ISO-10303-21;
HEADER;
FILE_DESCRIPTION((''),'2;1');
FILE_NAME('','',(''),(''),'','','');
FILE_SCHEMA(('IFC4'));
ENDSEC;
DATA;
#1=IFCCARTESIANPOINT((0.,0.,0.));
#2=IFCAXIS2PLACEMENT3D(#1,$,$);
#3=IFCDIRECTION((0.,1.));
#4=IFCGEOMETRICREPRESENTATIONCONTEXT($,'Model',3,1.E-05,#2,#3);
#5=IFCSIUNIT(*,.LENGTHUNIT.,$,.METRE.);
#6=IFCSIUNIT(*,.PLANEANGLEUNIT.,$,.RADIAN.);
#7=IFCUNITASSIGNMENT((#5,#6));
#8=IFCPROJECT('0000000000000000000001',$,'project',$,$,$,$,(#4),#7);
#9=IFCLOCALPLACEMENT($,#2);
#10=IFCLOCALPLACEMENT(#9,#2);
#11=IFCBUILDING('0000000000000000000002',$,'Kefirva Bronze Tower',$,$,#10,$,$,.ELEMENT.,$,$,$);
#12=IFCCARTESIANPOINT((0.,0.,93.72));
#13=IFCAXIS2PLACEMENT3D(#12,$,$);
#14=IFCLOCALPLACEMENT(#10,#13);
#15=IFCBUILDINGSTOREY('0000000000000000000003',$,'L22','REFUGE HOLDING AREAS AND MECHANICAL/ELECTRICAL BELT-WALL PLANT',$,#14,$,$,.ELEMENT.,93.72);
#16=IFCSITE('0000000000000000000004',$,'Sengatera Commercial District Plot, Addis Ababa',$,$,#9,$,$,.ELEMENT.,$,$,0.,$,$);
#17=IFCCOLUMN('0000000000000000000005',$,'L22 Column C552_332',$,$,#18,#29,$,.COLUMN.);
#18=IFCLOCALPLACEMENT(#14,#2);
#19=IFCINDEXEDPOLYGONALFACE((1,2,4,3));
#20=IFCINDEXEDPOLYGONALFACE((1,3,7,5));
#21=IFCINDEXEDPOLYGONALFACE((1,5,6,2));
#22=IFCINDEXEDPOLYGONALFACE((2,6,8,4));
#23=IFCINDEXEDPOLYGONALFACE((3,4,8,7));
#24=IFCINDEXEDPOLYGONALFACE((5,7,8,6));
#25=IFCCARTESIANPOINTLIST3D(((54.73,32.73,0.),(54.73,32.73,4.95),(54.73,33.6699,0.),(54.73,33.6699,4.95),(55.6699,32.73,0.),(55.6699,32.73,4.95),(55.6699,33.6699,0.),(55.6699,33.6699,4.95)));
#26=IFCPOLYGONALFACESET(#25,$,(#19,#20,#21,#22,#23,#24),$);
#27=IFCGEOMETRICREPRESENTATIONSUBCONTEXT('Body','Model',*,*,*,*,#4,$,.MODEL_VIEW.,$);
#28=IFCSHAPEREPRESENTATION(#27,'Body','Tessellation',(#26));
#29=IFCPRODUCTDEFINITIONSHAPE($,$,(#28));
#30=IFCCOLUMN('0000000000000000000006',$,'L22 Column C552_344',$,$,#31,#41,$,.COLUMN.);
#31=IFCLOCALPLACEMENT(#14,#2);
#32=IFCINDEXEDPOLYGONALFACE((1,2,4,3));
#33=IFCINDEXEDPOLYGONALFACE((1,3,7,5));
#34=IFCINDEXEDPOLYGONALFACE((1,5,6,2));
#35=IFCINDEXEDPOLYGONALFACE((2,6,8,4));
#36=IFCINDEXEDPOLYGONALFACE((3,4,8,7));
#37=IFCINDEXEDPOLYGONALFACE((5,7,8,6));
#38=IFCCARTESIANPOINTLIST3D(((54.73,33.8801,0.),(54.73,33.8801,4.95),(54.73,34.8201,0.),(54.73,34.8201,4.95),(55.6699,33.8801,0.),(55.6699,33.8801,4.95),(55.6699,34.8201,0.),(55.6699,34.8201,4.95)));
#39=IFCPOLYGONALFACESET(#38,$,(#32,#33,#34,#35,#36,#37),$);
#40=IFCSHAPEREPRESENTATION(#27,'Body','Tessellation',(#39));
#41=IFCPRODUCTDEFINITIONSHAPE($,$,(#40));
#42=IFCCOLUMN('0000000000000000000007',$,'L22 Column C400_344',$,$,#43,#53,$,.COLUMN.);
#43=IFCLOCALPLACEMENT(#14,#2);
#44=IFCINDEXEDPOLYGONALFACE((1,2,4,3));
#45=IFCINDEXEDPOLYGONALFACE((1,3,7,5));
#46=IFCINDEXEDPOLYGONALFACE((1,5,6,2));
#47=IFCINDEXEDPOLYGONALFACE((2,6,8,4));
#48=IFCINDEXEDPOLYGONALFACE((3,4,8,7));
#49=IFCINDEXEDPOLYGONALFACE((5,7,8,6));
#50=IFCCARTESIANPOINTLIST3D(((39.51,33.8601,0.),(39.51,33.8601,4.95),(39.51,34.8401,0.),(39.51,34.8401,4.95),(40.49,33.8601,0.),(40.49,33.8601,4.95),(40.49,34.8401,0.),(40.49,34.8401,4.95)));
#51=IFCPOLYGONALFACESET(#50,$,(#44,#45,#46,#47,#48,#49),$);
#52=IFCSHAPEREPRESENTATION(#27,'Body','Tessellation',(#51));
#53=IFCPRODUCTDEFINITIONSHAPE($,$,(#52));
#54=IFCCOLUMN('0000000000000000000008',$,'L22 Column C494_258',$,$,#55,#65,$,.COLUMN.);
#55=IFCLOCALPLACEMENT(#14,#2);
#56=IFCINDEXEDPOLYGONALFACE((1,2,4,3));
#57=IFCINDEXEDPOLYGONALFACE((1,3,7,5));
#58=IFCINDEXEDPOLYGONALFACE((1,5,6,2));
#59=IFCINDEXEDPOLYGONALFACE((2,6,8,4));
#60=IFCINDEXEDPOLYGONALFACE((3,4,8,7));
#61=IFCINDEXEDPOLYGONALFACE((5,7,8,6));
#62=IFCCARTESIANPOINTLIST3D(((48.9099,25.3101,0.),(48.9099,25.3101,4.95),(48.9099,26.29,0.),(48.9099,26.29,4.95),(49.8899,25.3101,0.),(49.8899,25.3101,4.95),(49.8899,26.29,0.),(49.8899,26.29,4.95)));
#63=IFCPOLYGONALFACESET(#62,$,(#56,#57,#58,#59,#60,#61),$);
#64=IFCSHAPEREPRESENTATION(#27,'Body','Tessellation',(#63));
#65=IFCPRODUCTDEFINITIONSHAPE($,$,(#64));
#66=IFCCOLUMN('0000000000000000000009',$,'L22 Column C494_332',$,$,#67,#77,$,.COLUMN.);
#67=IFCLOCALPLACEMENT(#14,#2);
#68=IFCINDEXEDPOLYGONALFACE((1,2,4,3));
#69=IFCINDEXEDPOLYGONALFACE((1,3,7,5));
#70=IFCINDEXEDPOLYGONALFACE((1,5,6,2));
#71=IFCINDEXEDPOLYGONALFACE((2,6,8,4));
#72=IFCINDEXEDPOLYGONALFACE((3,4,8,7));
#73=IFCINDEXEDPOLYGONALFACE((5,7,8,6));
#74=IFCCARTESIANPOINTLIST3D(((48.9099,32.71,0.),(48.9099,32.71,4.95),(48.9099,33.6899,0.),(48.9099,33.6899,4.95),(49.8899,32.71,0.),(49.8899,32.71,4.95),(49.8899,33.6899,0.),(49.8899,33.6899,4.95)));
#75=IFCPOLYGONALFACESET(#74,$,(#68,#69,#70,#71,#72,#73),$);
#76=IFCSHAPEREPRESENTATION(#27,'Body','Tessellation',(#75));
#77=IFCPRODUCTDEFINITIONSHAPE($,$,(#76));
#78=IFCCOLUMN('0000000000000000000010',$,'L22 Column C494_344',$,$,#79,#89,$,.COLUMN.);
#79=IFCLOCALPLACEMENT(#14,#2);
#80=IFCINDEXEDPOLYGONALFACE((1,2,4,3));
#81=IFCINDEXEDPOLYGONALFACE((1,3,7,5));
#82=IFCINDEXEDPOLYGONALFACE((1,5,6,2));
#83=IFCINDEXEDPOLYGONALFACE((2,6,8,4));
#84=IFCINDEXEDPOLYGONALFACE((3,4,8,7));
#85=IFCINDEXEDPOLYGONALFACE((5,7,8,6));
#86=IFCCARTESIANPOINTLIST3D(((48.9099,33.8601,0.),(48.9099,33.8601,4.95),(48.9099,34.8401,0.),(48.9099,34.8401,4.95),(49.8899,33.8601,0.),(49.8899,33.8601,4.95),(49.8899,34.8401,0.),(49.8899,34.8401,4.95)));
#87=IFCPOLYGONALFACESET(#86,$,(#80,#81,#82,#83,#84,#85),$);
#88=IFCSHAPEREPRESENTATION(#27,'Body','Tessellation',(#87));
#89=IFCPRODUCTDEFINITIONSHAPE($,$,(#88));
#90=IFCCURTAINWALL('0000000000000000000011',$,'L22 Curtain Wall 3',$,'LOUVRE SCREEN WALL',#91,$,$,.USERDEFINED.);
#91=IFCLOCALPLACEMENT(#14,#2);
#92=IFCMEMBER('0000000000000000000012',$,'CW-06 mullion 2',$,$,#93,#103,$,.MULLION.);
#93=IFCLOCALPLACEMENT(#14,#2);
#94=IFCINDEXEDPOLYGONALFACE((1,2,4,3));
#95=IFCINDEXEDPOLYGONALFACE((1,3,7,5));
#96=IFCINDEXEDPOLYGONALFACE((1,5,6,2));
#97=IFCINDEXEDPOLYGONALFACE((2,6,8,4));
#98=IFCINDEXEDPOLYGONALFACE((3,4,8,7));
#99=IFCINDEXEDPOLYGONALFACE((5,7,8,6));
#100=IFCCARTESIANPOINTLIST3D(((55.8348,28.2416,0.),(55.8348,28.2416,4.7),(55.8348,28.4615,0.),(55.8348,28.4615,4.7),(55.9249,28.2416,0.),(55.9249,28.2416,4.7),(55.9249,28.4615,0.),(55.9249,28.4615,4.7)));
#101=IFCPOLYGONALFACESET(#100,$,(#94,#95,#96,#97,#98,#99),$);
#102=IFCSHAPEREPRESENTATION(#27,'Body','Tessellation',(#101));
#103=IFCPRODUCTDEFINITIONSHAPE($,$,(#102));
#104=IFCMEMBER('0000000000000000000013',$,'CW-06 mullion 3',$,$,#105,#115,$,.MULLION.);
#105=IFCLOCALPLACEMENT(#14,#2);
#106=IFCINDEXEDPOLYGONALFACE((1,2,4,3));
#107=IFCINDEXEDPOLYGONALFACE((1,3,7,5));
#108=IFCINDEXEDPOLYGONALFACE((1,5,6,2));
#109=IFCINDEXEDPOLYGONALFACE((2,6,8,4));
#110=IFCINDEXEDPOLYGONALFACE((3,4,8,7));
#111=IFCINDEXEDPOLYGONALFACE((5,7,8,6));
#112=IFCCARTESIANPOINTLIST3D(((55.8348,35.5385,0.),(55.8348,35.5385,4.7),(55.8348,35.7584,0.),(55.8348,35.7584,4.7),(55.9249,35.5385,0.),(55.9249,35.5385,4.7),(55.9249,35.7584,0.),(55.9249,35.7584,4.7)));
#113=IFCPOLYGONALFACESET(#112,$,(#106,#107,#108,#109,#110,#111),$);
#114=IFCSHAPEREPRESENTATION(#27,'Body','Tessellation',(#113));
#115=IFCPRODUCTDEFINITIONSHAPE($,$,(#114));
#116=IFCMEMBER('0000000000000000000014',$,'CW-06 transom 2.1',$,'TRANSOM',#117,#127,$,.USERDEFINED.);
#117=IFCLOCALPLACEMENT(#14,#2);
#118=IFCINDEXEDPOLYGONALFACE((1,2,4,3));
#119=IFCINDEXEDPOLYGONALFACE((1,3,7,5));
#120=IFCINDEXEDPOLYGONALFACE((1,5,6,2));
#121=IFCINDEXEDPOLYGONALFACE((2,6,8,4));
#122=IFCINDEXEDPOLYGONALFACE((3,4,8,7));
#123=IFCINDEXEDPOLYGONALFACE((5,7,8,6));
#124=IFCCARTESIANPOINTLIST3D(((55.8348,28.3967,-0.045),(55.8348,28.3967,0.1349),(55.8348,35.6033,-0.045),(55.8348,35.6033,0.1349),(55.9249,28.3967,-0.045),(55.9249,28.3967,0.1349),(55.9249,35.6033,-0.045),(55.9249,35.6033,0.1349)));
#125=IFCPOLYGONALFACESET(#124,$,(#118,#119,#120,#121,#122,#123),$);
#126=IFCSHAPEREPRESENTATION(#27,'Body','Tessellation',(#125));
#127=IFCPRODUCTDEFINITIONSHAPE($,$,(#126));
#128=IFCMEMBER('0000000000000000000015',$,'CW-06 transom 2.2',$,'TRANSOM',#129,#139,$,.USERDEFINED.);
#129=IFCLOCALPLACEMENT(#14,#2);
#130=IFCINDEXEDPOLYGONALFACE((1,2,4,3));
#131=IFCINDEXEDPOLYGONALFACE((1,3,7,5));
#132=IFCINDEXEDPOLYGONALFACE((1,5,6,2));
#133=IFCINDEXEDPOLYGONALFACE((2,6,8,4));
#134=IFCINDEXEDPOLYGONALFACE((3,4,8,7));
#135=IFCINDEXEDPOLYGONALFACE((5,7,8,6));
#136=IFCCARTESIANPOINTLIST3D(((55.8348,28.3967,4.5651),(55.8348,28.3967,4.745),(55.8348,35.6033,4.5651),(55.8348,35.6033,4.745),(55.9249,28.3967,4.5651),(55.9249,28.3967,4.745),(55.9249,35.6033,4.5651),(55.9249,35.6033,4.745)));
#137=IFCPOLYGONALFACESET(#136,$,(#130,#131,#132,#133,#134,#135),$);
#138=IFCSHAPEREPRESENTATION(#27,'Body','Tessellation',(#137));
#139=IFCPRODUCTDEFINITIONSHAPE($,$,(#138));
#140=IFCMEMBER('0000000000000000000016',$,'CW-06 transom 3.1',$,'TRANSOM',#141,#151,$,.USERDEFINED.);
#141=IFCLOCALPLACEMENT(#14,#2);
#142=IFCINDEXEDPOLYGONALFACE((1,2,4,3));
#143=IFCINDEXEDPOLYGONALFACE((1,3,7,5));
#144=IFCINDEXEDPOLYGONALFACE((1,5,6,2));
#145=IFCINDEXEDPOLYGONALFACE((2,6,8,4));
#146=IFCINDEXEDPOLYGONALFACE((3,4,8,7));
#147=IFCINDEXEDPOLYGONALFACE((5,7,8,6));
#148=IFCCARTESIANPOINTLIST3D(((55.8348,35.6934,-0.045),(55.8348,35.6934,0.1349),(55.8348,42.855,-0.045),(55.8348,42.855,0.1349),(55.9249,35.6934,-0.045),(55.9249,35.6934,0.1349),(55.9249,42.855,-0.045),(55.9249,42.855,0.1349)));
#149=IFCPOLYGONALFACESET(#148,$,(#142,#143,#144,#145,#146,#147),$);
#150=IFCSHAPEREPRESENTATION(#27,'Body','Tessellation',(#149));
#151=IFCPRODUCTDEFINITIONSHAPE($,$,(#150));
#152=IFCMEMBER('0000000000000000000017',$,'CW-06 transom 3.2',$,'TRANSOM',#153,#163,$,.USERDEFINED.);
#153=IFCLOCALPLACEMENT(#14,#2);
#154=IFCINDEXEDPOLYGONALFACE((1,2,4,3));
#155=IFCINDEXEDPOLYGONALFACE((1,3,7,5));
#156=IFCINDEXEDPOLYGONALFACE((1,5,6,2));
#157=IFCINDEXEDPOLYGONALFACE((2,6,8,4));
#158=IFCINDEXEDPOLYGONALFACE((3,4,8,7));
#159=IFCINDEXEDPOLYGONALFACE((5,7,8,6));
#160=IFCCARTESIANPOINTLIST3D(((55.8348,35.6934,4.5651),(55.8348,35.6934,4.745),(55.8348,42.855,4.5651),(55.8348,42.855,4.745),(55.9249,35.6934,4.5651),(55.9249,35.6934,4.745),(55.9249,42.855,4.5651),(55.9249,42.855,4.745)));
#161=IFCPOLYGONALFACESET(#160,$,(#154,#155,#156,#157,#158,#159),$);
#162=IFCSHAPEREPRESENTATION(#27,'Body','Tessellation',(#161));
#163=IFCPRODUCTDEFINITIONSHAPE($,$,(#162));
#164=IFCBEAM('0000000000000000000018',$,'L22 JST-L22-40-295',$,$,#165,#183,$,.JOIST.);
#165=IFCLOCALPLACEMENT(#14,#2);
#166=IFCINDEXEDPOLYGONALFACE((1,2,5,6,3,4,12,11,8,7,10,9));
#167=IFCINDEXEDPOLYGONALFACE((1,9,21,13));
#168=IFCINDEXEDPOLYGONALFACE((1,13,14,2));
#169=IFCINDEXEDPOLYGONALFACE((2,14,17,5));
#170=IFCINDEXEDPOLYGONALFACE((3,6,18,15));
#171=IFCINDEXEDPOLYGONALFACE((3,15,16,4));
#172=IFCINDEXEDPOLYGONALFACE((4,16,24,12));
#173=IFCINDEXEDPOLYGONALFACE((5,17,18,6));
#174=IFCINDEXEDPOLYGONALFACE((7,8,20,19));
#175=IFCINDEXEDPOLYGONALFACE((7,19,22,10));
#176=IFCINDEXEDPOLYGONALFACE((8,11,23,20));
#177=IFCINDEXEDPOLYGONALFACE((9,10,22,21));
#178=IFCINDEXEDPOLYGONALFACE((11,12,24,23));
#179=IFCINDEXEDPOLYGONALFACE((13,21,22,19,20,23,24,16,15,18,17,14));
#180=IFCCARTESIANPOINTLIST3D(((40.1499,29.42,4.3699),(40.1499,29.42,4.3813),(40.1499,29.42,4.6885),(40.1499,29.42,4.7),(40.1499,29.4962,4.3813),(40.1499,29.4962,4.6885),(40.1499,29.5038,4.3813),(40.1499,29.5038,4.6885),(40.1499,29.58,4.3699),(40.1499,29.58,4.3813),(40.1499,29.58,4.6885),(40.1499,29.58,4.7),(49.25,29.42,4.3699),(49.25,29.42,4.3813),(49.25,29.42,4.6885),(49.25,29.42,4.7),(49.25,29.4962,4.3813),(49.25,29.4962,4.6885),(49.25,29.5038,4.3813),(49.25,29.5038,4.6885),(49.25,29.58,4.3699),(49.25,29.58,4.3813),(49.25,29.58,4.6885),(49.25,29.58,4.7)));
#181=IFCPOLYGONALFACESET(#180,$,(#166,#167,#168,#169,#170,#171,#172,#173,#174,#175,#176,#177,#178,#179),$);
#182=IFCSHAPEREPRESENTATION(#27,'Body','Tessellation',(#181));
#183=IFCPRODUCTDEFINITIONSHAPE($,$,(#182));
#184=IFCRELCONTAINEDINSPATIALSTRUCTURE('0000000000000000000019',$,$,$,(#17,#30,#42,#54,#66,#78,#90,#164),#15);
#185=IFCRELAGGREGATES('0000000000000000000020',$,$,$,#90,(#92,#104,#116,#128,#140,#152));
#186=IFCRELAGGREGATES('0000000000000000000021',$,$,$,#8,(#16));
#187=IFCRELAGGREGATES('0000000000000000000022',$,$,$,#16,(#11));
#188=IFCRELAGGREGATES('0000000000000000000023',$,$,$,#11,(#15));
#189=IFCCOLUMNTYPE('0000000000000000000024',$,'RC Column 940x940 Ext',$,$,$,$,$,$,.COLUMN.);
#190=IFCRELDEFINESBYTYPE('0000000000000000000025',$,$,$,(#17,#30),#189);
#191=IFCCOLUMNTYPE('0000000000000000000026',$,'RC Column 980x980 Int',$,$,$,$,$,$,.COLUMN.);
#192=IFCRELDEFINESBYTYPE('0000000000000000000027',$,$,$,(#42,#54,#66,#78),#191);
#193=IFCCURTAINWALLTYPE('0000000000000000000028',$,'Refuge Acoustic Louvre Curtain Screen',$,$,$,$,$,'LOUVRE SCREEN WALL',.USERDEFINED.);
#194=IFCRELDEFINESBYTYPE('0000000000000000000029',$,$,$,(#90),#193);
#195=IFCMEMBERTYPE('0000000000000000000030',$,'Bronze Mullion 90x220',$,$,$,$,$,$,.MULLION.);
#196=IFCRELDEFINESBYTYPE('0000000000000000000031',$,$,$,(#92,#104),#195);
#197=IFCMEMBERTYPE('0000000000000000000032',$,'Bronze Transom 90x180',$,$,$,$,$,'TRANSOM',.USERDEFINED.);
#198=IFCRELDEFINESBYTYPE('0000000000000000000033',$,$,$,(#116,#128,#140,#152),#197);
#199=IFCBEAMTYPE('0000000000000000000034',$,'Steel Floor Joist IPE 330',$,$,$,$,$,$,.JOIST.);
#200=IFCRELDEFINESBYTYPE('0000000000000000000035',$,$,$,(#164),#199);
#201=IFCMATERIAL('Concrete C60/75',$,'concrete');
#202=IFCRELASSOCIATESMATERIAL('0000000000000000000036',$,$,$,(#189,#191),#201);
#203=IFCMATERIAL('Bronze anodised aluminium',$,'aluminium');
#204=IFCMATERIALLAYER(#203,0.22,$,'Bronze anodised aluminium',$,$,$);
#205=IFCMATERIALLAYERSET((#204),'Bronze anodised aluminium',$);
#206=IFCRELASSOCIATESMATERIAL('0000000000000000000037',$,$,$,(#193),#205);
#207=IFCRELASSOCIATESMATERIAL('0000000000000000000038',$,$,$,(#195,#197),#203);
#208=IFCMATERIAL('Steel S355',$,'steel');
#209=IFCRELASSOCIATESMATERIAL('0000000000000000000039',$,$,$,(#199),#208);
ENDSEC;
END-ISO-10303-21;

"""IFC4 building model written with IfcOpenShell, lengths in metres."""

from ifc_helpers import new_model, si_unit, direction, frame, origin, origin_2d, place, context, subcontext, project, spatial, rectangle, i_section, extrude, material, layer, layer_set, material_profile, profile_set, type_object, element, aggregate, save


model = new_model("IFC4")

# Units and contexts
model_context = context("Model", 3, precision=1e-05, world=origin(), true_north=direction((0.0, 1.0)))
body_context = subcontext(model_context, "Body", "Model", "MODEL_VIEW")
ifc_project = project(units=[si_unit("LENGTHUNIT", "METRE"), si_unit("PLANEANGLEUNIT", "RADIAN")], contexts=[model_context])

# Site, building, storey
site_placement = place(None, origin())
site = spatial("IfcSite", under=ifc_project, at=site_placement, Name="Sengatera Commercial District Plot, Addis Ababa", CompositionType="ELEMENT", RefElevation=0.0)
building_placement = place(site_placement, origin())
building = spatial("IfcBuilding", under=site, at=building_placement, Name="Kefirva Bronze Tower", CompositionType="ELEMENT")
storey_placement = place(building_placement, frame((0.0, 0.0, 93.72)))
storey = spatial("IfcBuildingStorey", under=building, at=storey_placement, Name="L22", Description="REFUGE HOLDING AREAS AND MECHANICAL/ELECTRICAL BELT-WALL PLANT", CompositionType="ELEMENT", Elevation=93.72)

# Columns
ifc_material_1 = material(Name="Concrete C60/75", Category="concrete")
ifc_material_profile_1 = material_profile(ifc_material_1, rectangle(XDim=0.9399, YDim=0.9399, at=origin_2d()), Name="RC 940x940")
ifc_profile_set_1 = profile_set([ifc_material_profile_1], Name="Concrete C60/75")
column_type_1 = type_object("IfcColumnType", Name="RC Column 940x940 Ext", PredefinedType="COLUMN", material=ifc_profile_set_1)
for number, where, z_axis, x_axis, name in (
    (1, (55.2, 33.2, 0.0), (0.0, 0.0, 1.0), (1.0, 0.0, 0.0), "L22 Column C552_332"),
    (2, (55.2, 34.3501, 0.0), (0.0, 0.0, 1.0), (1.0, 0.0, 0.0), "L22 Column C552_344"),
):
    element("IfcColumn", number, at=place(storey_placement, frame(where, z_axis=z_axis, x_axis=x_axis)), inside=storey, type_object=column_type_1, Name=name, PredefinedType="COLUMN", context=body_context, shape_type="SweptSolid", body=[
        extrude(rectangle(XDim=0.9399, YDim=0.9399, at=origin_2d()), origin(), (0.0, 0.0, 1.0), 4.95),
    ])
ifc_material_profile_2 = material_profile(ifc_material_1, rectangle(XDim=0.98, YDim=0.98, at=origin_2d()), Name="RC 980x980")
ifc_profile_set_2 = profile_set([ifc_material_profile_2], Name="Concrete C60/75")
column_type_2 = type_object("IfcColumnType", Name="RC Column 980x980 Int", PredefinedType="COLUMN", material=ifc_profile_set_2)
for number, where, z_axis, x_axis, name in (
    (3, (40.0, 34.3501, 0.0), (0.0, 0.0, 1.0), (1.0, 0.0, 0.0), "L22 Column C400_344"),
    (4, (49.3999, 25.8, 0.0), (0.0, 0.0, 1.0), (1.0, 0.0, 0.0), "L22 Column C494_258"),
    (5, (49.3999, 33.2, 0.0), (0.0, 0.0, 1.0), (1.0, 0.0, 0.0), "L22 Column C494_332"),
    (6, (49.3999, 34.3501, 0.0), (0.0, 0.0, 1.0), (1.0, 0.0, 0.0), "L22 Column C494_344"),
):
    element("IfcColumn", number, at=place(storey_placement, frame(where, z_axis=z_axis, x_axis=x_axis)), inside=storey, type_object=column_type_2, Name=name, PredefinedType="COLUMN", context=body_context, shape_type="SweptSolid", body=[
        extrude(rectangle(XDim=0.98, YDim=0.98, at=origin_2d()), origin(), (0.0, 0.0, 1.0), 4.95),
    ])

# Curtain wall, members
ifc_material_2 = material(Name="Bronze anodised aluminium", Category="aluminium")
ifc_layer_1 = layer(ifc_material_2, 0.22, Name="Bronze anodised aluminium")
ifc_layer_set_1 = layer_set([ifc_layer_1], Name="Bronze anodised aluminium")
curtain_wall_type = type_object("IfcCurtainWallType", Name="Refuge Acoustic Louvre Curtain Screen", ElementType="LOUVRE SCREEN WALL", PredefinedType="USERDEFINED", material=ifc_layer_set_1)
curtain_wall_placement = place(storey_placement, origin())
curtain_wall = element("IfcCurtainWall", 7, at=curtain_wall_placement, inside=storey, type_object=curtain_wall_type, Name="L22 Curtain Wall 3", ObjectType="LOUVRE SCREEN WALL", PredefinedType="USERDEFINED")
ifc_material_profile_3 = material_profile(ifc_material_2, rectangle(XDim=0.0901, YDim=0.22, at=origin_2d()), Name="ALU 90x220")
ifc_profile_set_3 = profile_set([ifc_material_profile_3], Name="Bronze anodised aluminium")
member_type_1 = type_object("IfcMemberType", Name="Bronze Mullion 90x220", PredefinedType="MULLION", material=ifc_profile_set_3)
member_1_placement = place(storey_placement, frame((55.8799, 28.3516, 0.0), z_axis=(0.0, 0.0, 1.0), x_axis=(-1.0, 0.0, 0.0)))
member_1 = element("IfcMember", 8, at=member_1_placement, type_object=member_type_1, Name="CW-06 mullion 2", PredefinedType="MULLION", context=body_context, shape_type="SweptSolid", body=[
    extrude(rectangle(XDim=0.0901, YDim=0.22, at=origin_2d()), origin(), (0.0, 0.0, 1.0), 4.7),
])
member_2_placement = place(storey_placement, frame((55.8799, 35.6484, 0.0), z_axis=(0.0, 0.0, 1.0), x_axis=(-1.0, 0.0, 0.0)))
member_2 = element("IfcMember", 9, at=member_2_placement, type_object=member_type_1, Name="CW-06 mullion 3", PredefinedType="MULLION", context=body_context, shape_type="SweptSolid", body=[
    extrude(rectangle(XDim=0.0901, YDim=0.22, at=origin_2d()), origin(), (0.0, 0.0, 1.0), 4.7),
])
ifc_material_profile_4 = material_profile(ifc_material_2, rectangle(XDim=0.0901, YDim=0.1799, at=origin_2d()), Name="ALU 90x180")
ifc_profile_set_4 = profile_set([ifc_material_profile_4], Name="Bronze anodised aluminium")
member_type_2 = type_object("IfcMemberType", Name="Bronze Transom 90x180", ElementType="TRANSOM", PredefinedType="USERDEFINED", material=ifc_profile_set_4)
member_3_placement = place(storey_placement, frame((55.8799, 28.3967, 0.0449), z_axis=(0.0, 1.0, 0.0), x_axis=(-1.0, 0.0, 0.0)))
member_3 = element("IfcMember", 10, at=member_3_placement, type_object=member_type_2, Name="CW-06 transom 2.1", ObjectType="TRANSOM", PredefinedType="USERDEFINED", context=body_context, shape_type="SweptSolid", body=[
    extrude(rectangle(XDim=0.0901, YDim=0.1799, at=origin_2d()), origin(), (0.0, 0.0, 1.0), 7.2065),
])
member_4_placement = place(storey_placement, frame((55.8799, 28.3967, 4.655), z_axis=(0.0, 1.0, 0.0), x_axis=(-1.0, 0.0, 0.0)))
member_4 = element("IfcMember", 11, at=member_4_placement, type_object=member_type_2, Name="CW-06 transom 2.2", ObjectType="TRANSOM", PredefinedType="USERDEFINED", context=body_context, shape_type="SweptSolid", body=[
    extrude(rectangle(XDim=0.0901, YDim=0.1799, at=origin_2d()), origin(), (0.0, 0.0, 1.0), 7.2065),
])
member_5_placement = place(storey_placement, frame((55.8799, 35.6934, 0.0449), z_axis=(0.0, 1.0, 0.0), x_axis=(-1.0, 0.0, 0.0)))
member_5 = element("IfcMember", 12, at=member_5_placement, type_object=member_type_2, Name="CW-06 transom 3.1", ObjectType="TRANSOM", PredefinedType="USERDEFINED", context=body_context, shape_type="SweptSolid", body=[
    extrude(rectangle(XDim=0.0901, YDim=0.1799, at=origin_2d()), origin(), (0.0, 0.0, 1.0), 7.1616),
])
member_6_placement = place(storey_placement, frame((55.8799, 35.6934, 4.655), z_axis=(0.0, 1.0, 0.0), x_axis=(-1.0, 0.0, 0.0)))
member_6 = element("IfcMember", 13, at=member_6_placement, type_object=member_type_2, Name="CW-06 transom 3.2", ObjectType="TRANSOM", PredefinedType="USERDEFINED", context=body_context, shape_type="SweptSolid", body=[
    extrude(rectangle(XDim=0.0901, YDim=0.1799, at=origin_2d()), origin(), (0.0, 0.0, 1.0), 7.1616),
])

# Beam
ifc_material_3 = material(Name="Steel S355", Category="steel")
ifc_material_profile_5 = material_profile(ifc_material_3, i_section(OverallWidth=0.1599, OverallDepth=0.3301, WebThickness=0.0076, FlangeThickness=0.0115, at=origin_2d()), Name="IPE 330")
ifc_profile_set_5 = profile_set([ifc_material_profile_5], Name="Steel S355")
beam_type_1 = type_object("IfcBeamType", Name="Steel Floor Joist IPE 330", PredefinedType="JOIST", material=ifc_profile_set_5)
beam_1_placement = place(storey_placement, frame((40.1499, 29.5, 4.5349), z_axis=(1.0, 0.0, 0.0), x_axis=(0.0, 1.0, 0.0)))
element("IfcBeam", 14, at=beam_1_placement, inside=storey, type_object=beam_type_1, Name="L22 JST-L22-40-295", PredefinedType="JOIST", context=body_context, shape_type="SweptSolid", body=[
    extrude(i_section(OverallWidth=0.1599, OverallDepth=0.3301, WebThickness=0.0076, FlangeThickness=0.0115, at=origin_2d()), origin(), (0.0, 0.0, 1.0), 9.1001),
])

aggregate(curtain_wall, [member_1, member_2, member_3, member_4, member_5, member_6])

save(model, "model.ifc")
